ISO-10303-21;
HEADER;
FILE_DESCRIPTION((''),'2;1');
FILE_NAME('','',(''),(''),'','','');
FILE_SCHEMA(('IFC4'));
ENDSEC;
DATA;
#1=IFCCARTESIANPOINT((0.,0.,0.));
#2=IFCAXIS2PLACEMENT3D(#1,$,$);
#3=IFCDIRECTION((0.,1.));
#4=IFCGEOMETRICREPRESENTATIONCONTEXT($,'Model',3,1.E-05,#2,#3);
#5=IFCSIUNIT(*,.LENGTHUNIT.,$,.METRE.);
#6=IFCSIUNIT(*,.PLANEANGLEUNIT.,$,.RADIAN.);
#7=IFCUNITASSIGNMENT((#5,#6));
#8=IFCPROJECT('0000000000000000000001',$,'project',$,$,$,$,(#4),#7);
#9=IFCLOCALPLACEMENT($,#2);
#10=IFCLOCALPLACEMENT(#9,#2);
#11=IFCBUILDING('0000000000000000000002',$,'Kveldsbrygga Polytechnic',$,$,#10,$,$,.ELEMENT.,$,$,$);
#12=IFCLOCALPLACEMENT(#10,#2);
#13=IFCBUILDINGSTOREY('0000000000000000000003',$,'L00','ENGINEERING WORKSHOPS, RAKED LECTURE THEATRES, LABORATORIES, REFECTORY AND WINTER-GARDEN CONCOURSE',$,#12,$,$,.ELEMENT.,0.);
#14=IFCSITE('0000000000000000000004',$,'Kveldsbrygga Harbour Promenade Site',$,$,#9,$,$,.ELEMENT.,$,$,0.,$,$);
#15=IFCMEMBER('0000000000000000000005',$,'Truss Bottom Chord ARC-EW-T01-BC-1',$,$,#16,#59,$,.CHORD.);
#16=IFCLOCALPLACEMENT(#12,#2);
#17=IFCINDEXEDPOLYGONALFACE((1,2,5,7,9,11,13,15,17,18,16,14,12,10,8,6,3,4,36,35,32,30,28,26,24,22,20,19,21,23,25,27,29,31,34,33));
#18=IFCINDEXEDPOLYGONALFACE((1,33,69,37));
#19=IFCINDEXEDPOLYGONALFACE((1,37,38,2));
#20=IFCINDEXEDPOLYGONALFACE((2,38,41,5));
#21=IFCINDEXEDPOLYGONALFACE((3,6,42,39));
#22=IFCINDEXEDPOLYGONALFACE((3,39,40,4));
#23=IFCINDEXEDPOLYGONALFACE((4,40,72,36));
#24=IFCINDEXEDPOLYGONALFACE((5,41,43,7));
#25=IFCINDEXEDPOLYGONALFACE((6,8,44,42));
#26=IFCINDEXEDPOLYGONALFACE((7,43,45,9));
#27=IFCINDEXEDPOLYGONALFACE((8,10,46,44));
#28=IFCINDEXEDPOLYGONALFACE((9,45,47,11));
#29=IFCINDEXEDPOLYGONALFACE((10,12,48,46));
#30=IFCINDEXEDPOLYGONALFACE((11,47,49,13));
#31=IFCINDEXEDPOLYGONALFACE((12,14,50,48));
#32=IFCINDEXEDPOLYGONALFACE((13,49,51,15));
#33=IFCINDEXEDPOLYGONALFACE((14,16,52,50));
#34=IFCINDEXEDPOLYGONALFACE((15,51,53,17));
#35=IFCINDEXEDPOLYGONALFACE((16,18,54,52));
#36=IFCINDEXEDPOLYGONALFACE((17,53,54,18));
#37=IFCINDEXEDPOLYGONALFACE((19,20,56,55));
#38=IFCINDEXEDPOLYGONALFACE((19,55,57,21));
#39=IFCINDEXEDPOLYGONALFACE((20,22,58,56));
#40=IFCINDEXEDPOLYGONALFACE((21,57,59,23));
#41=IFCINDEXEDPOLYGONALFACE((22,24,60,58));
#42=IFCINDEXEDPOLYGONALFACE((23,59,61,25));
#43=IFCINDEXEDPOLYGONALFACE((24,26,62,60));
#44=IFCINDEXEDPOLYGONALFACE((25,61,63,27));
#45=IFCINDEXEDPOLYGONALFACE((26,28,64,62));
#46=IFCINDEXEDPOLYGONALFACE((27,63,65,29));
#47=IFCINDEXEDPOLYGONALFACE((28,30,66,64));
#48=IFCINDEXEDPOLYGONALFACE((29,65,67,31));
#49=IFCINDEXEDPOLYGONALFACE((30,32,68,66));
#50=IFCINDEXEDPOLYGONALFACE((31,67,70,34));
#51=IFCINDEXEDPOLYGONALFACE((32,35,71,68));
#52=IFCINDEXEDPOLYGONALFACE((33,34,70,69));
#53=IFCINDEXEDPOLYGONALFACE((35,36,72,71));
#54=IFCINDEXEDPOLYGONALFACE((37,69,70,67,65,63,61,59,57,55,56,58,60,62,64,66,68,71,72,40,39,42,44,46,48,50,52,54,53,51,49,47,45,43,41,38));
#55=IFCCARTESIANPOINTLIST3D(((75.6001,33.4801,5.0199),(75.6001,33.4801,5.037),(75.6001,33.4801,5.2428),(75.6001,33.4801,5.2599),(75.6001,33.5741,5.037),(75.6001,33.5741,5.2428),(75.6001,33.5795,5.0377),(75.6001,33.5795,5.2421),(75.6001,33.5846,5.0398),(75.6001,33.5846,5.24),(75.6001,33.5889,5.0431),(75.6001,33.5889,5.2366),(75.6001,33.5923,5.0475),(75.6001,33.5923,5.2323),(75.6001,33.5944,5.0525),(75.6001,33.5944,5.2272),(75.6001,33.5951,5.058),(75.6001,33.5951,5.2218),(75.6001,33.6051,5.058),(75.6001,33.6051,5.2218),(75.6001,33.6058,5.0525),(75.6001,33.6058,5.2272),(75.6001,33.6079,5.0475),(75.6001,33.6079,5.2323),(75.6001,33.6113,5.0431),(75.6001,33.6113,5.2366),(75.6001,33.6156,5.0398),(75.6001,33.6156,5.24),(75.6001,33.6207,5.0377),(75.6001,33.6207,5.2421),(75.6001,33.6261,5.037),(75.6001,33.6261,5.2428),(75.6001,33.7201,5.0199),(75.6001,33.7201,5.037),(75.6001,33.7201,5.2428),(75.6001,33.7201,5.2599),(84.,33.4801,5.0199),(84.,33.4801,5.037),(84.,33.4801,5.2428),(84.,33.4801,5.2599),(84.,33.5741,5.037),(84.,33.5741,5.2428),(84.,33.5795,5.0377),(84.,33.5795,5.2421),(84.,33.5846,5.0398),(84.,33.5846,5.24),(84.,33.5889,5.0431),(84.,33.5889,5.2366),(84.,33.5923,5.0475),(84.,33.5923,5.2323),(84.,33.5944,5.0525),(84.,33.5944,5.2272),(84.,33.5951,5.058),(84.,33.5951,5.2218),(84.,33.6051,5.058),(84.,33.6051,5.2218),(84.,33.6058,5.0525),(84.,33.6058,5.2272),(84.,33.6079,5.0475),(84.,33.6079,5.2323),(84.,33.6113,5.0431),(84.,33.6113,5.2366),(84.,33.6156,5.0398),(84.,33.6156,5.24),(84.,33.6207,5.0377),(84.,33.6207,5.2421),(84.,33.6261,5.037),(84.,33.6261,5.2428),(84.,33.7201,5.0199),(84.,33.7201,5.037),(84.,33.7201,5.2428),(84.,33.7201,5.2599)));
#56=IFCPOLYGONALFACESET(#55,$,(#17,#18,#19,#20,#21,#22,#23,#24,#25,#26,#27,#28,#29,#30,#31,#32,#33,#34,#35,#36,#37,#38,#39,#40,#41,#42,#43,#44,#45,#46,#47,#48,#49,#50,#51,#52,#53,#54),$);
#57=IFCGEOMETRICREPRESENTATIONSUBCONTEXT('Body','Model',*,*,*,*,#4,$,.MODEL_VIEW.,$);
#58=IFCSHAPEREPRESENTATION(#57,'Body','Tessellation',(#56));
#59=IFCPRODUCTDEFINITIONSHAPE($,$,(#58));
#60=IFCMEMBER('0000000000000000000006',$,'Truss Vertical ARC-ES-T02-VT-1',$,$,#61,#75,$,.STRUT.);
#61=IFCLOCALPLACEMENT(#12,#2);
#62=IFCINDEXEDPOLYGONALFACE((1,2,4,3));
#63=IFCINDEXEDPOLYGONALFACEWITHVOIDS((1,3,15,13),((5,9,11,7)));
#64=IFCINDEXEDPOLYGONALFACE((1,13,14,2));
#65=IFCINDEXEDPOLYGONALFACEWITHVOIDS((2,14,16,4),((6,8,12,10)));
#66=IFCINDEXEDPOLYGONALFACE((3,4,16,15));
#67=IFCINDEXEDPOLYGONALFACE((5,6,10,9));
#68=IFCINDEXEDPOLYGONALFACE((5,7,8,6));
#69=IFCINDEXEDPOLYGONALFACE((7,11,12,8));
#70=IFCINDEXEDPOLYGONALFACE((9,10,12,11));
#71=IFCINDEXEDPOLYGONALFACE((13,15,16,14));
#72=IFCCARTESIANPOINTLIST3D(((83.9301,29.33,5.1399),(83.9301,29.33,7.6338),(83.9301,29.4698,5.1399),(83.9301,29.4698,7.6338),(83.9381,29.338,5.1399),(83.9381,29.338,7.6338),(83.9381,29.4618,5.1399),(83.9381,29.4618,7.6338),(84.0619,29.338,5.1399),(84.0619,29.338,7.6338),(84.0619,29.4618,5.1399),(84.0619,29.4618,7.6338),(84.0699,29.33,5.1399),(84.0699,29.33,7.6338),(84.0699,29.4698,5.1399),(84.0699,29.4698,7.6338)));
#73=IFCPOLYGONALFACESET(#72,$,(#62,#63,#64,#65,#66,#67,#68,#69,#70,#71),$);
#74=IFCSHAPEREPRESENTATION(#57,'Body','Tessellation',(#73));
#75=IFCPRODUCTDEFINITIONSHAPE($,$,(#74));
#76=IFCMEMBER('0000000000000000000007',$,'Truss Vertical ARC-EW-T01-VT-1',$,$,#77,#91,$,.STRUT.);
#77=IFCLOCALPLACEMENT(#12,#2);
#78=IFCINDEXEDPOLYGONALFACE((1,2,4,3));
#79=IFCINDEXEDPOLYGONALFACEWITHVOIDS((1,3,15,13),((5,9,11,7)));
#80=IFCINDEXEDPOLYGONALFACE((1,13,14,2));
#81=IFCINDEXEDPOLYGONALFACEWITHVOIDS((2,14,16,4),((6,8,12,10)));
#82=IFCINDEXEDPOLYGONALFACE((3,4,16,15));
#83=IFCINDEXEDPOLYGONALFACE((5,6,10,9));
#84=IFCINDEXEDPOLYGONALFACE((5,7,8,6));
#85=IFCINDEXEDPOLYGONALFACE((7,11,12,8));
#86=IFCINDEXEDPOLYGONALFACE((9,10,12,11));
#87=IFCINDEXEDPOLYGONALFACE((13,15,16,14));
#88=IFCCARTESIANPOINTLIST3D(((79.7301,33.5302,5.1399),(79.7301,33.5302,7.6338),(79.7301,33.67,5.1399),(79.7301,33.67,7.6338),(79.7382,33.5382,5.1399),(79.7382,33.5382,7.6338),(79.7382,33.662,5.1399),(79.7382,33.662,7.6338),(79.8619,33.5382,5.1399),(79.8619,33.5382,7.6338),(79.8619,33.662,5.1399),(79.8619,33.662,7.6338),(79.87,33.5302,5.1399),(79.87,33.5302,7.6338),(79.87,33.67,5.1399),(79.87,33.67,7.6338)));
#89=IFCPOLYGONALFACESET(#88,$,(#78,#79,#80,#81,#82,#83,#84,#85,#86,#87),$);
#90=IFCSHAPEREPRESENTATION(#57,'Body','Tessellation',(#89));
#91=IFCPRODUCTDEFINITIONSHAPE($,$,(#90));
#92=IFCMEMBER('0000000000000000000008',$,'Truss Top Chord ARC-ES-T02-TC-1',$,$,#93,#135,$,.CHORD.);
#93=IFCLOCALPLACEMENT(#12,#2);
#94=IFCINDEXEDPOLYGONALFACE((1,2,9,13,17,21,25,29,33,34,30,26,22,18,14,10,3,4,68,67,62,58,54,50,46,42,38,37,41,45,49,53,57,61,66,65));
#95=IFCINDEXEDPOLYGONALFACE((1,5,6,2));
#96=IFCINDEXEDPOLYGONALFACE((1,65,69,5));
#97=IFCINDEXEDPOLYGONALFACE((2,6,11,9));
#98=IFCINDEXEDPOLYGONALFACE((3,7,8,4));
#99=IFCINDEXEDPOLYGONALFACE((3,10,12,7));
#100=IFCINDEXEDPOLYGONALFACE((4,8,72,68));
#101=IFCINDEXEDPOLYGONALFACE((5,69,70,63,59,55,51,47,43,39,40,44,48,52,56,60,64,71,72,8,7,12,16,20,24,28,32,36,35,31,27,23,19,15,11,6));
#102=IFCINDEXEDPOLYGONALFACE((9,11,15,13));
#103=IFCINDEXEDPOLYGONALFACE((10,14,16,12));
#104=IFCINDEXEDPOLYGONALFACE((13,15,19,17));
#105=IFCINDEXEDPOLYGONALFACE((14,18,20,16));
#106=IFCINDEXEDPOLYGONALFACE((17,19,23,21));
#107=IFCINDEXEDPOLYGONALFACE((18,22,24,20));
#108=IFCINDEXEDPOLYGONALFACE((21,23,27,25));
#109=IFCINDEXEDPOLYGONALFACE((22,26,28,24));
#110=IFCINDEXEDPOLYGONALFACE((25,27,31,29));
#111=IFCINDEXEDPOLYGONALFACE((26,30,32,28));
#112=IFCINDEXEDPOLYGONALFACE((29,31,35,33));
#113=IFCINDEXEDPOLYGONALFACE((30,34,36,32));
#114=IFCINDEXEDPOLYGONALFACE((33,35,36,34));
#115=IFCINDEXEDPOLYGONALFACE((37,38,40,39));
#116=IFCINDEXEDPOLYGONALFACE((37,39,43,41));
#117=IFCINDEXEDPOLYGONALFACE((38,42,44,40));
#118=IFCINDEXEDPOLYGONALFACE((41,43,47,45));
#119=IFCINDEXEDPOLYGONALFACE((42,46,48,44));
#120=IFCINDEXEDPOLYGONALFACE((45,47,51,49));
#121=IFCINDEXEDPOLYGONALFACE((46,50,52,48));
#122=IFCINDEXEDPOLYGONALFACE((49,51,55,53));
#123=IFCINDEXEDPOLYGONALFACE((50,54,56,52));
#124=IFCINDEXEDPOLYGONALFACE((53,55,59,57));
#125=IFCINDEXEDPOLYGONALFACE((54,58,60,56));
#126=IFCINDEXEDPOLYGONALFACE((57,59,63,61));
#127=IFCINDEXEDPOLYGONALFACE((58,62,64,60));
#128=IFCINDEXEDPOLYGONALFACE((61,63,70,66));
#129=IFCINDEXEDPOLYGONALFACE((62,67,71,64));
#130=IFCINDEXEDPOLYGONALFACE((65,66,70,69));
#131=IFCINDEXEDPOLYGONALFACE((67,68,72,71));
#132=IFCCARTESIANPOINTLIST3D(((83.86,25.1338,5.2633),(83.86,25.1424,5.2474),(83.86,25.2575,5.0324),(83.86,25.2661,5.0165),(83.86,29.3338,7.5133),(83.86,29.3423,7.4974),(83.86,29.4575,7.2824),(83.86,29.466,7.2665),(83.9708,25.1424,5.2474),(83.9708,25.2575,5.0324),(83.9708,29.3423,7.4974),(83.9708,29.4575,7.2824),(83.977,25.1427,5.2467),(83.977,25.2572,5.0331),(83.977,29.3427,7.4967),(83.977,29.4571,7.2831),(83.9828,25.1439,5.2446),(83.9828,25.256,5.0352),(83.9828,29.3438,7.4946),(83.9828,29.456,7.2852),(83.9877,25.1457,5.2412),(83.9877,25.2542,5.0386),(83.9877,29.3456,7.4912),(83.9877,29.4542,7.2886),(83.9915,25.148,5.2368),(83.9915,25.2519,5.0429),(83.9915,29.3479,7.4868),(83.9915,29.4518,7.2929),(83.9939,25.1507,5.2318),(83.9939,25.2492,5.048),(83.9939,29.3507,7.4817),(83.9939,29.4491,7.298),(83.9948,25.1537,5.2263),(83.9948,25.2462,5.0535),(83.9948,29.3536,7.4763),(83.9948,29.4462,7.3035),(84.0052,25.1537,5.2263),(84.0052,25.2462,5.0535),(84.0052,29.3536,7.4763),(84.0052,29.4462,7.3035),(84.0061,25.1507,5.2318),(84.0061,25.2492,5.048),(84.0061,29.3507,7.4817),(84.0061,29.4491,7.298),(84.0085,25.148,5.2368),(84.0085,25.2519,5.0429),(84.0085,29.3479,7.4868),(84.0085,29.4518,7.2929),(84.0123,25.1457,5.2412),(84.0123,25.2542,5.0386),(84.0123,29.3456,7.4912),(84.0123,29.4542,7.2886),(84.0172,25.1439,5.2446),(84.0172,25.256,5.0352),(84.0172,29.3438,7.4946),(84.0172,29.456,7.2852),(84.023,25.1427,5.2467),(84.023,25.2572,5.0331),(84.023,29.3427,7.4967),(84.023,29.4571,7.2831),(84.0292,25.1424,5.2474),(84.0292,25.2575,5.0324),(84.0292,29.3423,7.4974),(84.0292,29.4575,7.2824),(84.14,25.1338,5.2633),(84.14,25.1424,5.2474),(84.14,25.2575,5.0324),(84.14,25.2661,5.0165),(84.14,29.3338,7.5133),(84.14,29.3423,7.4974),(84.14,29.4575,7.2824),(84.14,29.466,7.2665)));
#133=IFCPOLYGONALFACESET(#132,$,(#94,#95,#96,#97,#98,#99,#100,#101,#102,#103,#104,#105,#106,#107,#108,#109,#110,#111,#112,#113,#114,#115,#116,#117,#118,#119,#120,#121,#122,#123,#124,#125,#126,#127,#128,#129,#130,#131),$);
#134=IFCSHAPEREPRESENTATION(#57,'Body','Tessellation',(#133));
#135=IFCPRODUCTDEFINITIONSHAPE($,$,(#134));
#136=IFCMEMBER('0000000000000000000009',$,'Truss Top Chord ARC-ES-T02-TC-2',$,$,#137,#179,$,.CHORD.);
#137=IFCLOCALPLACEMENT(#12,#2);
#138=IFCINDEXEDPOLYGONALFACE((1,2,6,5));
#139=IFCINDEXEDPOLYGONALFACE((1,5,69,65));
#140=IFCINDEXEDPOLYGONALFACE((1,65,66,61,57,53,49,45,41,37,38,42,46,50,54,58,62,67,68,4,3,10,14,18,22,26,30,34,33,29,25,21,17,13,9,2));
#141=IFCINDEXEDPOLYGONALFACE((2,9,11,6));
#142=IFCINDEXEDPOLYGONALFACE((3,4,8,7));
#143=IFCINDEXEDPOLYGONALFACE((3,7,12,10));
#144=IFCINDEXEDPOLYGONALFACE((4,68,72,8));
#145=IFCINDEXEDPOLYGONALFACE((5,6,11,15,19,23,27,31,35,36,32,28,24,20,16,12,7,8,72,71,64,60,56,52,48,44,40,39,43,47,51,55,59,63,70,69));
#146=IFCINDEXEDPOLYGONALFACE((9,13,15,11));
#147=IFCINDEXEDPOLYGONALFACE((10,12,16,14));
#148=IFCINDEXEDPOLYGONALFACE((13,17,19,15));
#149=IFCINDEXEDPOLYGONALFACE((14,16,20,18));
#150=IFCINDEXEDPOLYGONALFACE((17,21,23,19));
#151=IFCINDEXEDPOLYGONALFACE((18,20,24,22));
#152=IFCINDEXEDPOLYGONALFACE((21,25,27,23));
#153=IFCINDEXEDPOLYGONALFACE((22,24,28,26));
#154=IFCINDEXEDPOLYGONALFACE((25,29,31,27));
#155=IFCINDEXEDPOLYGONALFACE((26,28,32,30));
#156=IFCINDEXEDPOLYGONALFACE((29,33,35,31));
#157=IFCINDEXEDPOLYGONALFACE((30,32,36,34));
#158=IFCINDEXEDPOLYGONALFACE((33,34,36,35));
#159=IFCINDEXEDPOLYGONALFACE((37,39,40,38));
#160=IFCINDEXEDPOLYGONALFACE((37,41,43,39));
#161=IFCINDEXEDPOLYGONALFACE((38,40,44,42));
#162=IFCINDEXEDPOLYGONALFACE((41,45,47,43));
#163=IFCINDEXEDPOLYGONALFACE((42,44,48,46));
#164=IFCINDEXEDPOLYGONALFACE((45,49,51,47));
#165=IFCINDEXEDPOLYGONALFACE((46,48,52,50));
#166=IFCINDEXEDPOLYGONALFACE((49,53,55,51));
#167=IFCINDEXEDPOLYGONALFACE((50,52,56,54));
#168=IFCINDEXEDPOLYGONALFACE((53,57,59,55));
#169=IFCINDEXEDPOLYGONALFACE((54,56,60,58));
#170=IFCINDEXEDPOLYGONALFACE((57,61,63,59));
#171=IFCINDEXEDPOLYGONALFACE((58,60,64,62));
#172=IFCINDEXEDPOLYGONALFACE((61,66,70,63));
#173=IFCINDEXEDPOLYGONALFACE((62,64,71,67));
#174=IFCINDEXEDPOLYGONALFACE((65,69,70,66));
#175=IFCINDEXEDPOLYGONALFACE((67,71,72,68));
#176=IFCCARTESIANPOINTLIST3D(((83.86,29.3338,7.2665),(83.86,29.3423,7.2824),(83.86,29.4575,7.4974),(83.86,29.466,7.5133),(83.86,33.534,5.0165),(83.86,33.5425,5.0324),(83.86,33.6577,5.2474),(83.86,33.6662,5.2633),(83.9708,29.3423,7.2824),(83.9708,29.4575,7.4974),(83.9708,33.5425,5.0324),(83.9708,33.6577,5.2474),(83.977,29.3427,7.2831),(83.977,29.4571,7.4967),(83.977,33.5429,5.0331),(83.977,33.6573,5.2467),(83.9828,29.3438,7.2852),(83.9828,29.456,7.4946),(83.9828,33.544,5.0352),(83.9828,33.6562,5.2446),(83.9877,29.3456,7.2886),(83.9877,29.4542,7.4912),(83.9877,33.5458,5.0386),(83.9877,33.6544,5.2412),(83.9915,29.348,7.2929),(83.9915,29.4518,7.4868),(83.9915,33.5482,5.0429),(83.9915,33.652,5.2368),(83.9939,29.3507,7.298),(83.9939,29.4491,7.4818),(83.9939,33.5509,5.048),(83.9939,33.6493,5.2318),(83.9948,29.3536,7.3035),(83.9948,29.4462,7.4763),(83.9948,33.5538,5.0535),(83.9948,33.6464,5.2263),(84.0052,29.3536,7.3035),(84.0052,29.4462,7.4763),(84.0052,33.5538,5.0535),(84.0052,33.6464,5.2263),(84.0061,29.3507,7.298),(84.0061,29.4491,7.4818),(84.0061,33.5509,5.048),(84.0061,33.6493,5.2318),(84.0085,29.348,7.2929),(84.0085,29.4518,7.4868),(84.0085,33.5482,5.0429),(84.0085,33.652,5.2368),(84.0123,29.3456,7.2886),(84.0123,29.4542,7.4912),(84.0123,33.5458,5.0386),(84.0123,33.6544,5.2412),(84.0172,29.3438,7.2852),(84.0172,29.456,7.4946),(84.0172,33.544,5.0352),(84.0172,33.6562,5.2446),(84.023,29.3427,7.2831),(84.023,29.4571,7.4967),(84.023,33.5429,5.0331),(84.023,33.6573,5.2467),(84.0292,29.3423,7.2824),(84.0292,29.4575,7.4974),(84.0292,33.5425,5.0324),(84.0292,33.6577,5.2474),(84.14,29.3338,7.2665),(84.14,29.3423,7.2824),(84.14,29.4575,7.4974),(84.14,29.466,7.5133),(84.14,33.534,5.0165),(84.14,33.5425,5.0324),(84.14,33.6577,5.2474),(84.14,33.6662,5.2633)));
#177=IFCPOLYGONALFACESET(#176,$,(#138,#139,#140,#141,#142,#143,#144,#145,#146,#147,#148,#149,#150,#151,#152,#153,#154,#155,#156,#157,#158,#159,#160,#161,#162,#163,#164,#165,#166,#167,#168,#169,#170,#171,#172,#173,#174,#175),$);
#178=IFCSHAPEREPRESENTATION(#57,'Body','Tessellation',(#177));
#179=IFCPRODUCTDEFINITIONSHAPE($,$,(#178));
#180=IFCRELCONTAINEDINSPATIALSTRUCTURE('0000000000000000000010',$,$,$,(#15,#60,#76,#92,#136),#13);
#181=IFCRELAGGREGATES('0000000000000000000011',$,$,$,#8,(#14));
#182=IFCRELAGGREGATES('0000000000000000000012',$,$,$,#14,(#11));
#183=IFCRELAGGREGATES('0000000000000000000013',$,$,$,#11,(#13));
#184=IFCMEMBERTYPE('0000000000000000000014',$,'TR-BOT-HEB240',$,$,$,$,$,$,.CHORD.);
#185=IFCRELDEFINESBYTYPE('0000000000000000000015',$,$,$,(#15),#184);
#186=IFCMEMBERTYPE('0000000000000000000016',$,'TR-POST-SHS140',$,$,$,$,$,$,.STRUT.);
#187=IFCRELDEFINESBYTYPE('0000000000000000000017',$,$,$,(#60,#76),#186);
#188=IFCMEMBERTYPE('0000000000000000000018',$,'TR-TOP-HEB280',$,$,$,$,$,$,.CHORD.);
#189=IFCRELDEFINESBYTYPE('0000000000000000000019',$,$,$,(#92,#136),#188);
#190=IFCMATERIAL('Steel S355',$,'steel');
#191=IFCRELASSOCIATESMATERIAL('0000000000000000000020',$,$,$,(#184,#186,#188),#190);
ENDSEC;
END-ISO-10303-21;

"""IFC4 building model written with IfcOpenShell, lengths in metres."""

from ifc_helpers import new_model, si_unit, direction, frame, origin, origin_2d, place, context, subcontext, project, spatial, hollow_rectangle, i_section, extrude, material, material_profile, profile_set, type_object, element, save


model = new_model("IFC4")

# Units and contexts
model_context = context("Model", 3, precision=1e-05, world=origin(), true_north=direction((0.0, 1.0)))
body_context = subcontext(model_context, "Body", "Model", "MODEL_VIEW")
ifc_project = project(units=[si_unit("LENGTHUNIT", "METRE"), si_unit("PLANEANGLEUNIT", "RADIAN")], contexts=[model_context])

# Site, building, storey
site_placement = place(None, origin())
site = spatial("IfcSite", under=ifc_project, at=site_placement, Name="Kveldsbrygga Harbour Promenade Site", CompositionType="ELEMENT", RefElevation=0.0)
building_placement = place(site_placement, origin())
building = spatial("IfcBuilding", under=site, at=building_placement, Name="Kveldsbrygga Polytechnic", CompositionType="ELEMENT")
storey_placement = place(building_placement, origin())
storey = spatial("IfcBuildingStorey", under=building, at=storey_placement, Name="L00", Description="ENGINEERING WORKSHOPS, RAKED LECTURE THEATRES, LABORATORIES, REFECTORY AND WINTER-GARDEN CONCOURSE", CompositionType="ELEMENT", Elevation=0.0)

# Members
ifc_material_1 = material(Name="Steel S355", Category="steel")
ifc_material_profile_1 = material_profile(ifc_material_1, i_section(OverallWidth=0.24, OverallDepth=0.24, WebThickness=0.01, FlangeThickness=0.0171, FilletRadius=0.021, at=origin_2d()), Name="HEB 240")
ifc_profile_set_1 = profile_set([ifc_material_profile_1], Name="Steel S355")
member_type_1 = type_object("IfcMemberType", Name="TR-BOT-HEB240", PredefinedType="CHORD", material=ifc_profile_set_1)
member_1_placement = place(storey_placement, frame((75.6001, 33.6001, 5.1399), z_axis=(1.0, 0.0, 0.0), x_axis=(0.0, 1.0, 0.0)))
element("IfcMember", 1, at=member_1_placement, inside=storey, type_object=member_type_1, Name="Truss Bottom Chord ARC-EW-T01-BC-1", PredefinedType="CHORD", context=body_context, shape_type="SweptSolid", body=[
    extrude(i_section(OverallWidth=0.24, OverallDepth=0.24, WebThickness=0.01, FlangeThickness=0.0171, FilletRadius=0.021, at=origin_2d()), origin(), (0.0, 0.0, 1.0), 8.3999),
])
ifc_material_profile_2 = material_profile(ifc_material_1, hollow_rectangle(XDim=0.1399, YDim=0.1399, WallThickness=0.0081, at=origin_2d()), Name="SHS 140x140x8.0")
ifc_profile_set_2 = profile_set([ifc_material_profile_2], Name="Steel S355")
member_type_2 = type_object("IfcMemberType", Name="TR-POST-SHS140", PredefinedType="STRUT", material=ifc_profile_set_2)
for number, where, z_axis, x_axis, name in (
    (2, (84.0, 29.3999, 5.1399), (0.0, 0.0, 1.0), (1.0, 0.0, 0.0), "Truss Vertical ARC-ES-T02-VT-1"),
    (3, (79.8, 33.6001, 5.1399), (0.0, 0.0, 1.0), (1.0, 0.0, 0.0), "Truss Vertical ARC-EW-T01-VT-1"),
):
    element("IfcMember", number, at=place(storey_placement, frame(where, z_axis=z_axis, x_axis=x_axis)), inside=storey, type_object=member_type_2, Name=name, PredefinedType="STRUT", context=body_context, shape_type="SweptSolid", body=[
        extrude(hollow_rectangle(XDim=0.1399, YDim=0.1399, WallThickness=0.0081, at=origin_2d()), origin(), (0.0, 0.0, 1.0), 2.4939),
    ])
ifc_material_profile_3 = material_profile(ifc_material_1, i_section(OverallWidth=0.28, OverallDepth=0.28, WebThickness=0.0105, FlangeThickness=0.0181, FilletRadius=0.0239, at=origin_2d()), Name="HEB 280")
ifc_profile_set_3 = profile_set([ifc_material_profile_3], Name="Steel S355")
member_type_3 = type_object("IfcMemberType", Name="TR-TOP-HEB280", PredefinedType="CHORD", material=ifc_profile_set_3)
member_2_placement = place(storey_placement, frame((84.0, 25.2, 5.1399), z_axis=(0.0, 0.881478, 0.472226), x_axis=(-1.0, 0.0, 0.0)))
element("IfcMember", 4, at=member_2_placement, inside=storey, type_object=member_type_3, Name="Truss Top Chord ARC-ES-T02-TC-1", PredefinedType="CHORD", context=body_context, shape_type="SweptSolid", body=[
    extrude(i_section(OverallWidth=0.28, OverallDepth=0.28, WebThickness=0.0105, FlangeThickness=0.0181, FilletRadius=0.0239, at=origin_2d()), origin(), (0.0, 0.0, 1.0), 4.7646),
])
member_3_placement = place(storey_placement, frame((84.0, 29.3999, 7.3899), z_axis=(0.0, 0.881489, -0.472204), x_axis=(-1.0, 0.0, 0.0)))
element("IfcMember", 5, at=member_3_placement, inside=storey, type_object=member_type_3, Name="Truss Top Chord ARC-ES-T02-TC-2", PredefinedType="CHORD", context=body_context, shape_type="SweptSolid", body=[
    extrude(i_section(OverallWidth=0.28, OverallDepth=0.28, WebThickness=0.0105, FlangeThickness=0.0181, FilletRadius=0.0239, at=origin_2d()), origin(), (0.0, 0.0, 1.0), 4.7649),
])

save(model, "model.ifc")
